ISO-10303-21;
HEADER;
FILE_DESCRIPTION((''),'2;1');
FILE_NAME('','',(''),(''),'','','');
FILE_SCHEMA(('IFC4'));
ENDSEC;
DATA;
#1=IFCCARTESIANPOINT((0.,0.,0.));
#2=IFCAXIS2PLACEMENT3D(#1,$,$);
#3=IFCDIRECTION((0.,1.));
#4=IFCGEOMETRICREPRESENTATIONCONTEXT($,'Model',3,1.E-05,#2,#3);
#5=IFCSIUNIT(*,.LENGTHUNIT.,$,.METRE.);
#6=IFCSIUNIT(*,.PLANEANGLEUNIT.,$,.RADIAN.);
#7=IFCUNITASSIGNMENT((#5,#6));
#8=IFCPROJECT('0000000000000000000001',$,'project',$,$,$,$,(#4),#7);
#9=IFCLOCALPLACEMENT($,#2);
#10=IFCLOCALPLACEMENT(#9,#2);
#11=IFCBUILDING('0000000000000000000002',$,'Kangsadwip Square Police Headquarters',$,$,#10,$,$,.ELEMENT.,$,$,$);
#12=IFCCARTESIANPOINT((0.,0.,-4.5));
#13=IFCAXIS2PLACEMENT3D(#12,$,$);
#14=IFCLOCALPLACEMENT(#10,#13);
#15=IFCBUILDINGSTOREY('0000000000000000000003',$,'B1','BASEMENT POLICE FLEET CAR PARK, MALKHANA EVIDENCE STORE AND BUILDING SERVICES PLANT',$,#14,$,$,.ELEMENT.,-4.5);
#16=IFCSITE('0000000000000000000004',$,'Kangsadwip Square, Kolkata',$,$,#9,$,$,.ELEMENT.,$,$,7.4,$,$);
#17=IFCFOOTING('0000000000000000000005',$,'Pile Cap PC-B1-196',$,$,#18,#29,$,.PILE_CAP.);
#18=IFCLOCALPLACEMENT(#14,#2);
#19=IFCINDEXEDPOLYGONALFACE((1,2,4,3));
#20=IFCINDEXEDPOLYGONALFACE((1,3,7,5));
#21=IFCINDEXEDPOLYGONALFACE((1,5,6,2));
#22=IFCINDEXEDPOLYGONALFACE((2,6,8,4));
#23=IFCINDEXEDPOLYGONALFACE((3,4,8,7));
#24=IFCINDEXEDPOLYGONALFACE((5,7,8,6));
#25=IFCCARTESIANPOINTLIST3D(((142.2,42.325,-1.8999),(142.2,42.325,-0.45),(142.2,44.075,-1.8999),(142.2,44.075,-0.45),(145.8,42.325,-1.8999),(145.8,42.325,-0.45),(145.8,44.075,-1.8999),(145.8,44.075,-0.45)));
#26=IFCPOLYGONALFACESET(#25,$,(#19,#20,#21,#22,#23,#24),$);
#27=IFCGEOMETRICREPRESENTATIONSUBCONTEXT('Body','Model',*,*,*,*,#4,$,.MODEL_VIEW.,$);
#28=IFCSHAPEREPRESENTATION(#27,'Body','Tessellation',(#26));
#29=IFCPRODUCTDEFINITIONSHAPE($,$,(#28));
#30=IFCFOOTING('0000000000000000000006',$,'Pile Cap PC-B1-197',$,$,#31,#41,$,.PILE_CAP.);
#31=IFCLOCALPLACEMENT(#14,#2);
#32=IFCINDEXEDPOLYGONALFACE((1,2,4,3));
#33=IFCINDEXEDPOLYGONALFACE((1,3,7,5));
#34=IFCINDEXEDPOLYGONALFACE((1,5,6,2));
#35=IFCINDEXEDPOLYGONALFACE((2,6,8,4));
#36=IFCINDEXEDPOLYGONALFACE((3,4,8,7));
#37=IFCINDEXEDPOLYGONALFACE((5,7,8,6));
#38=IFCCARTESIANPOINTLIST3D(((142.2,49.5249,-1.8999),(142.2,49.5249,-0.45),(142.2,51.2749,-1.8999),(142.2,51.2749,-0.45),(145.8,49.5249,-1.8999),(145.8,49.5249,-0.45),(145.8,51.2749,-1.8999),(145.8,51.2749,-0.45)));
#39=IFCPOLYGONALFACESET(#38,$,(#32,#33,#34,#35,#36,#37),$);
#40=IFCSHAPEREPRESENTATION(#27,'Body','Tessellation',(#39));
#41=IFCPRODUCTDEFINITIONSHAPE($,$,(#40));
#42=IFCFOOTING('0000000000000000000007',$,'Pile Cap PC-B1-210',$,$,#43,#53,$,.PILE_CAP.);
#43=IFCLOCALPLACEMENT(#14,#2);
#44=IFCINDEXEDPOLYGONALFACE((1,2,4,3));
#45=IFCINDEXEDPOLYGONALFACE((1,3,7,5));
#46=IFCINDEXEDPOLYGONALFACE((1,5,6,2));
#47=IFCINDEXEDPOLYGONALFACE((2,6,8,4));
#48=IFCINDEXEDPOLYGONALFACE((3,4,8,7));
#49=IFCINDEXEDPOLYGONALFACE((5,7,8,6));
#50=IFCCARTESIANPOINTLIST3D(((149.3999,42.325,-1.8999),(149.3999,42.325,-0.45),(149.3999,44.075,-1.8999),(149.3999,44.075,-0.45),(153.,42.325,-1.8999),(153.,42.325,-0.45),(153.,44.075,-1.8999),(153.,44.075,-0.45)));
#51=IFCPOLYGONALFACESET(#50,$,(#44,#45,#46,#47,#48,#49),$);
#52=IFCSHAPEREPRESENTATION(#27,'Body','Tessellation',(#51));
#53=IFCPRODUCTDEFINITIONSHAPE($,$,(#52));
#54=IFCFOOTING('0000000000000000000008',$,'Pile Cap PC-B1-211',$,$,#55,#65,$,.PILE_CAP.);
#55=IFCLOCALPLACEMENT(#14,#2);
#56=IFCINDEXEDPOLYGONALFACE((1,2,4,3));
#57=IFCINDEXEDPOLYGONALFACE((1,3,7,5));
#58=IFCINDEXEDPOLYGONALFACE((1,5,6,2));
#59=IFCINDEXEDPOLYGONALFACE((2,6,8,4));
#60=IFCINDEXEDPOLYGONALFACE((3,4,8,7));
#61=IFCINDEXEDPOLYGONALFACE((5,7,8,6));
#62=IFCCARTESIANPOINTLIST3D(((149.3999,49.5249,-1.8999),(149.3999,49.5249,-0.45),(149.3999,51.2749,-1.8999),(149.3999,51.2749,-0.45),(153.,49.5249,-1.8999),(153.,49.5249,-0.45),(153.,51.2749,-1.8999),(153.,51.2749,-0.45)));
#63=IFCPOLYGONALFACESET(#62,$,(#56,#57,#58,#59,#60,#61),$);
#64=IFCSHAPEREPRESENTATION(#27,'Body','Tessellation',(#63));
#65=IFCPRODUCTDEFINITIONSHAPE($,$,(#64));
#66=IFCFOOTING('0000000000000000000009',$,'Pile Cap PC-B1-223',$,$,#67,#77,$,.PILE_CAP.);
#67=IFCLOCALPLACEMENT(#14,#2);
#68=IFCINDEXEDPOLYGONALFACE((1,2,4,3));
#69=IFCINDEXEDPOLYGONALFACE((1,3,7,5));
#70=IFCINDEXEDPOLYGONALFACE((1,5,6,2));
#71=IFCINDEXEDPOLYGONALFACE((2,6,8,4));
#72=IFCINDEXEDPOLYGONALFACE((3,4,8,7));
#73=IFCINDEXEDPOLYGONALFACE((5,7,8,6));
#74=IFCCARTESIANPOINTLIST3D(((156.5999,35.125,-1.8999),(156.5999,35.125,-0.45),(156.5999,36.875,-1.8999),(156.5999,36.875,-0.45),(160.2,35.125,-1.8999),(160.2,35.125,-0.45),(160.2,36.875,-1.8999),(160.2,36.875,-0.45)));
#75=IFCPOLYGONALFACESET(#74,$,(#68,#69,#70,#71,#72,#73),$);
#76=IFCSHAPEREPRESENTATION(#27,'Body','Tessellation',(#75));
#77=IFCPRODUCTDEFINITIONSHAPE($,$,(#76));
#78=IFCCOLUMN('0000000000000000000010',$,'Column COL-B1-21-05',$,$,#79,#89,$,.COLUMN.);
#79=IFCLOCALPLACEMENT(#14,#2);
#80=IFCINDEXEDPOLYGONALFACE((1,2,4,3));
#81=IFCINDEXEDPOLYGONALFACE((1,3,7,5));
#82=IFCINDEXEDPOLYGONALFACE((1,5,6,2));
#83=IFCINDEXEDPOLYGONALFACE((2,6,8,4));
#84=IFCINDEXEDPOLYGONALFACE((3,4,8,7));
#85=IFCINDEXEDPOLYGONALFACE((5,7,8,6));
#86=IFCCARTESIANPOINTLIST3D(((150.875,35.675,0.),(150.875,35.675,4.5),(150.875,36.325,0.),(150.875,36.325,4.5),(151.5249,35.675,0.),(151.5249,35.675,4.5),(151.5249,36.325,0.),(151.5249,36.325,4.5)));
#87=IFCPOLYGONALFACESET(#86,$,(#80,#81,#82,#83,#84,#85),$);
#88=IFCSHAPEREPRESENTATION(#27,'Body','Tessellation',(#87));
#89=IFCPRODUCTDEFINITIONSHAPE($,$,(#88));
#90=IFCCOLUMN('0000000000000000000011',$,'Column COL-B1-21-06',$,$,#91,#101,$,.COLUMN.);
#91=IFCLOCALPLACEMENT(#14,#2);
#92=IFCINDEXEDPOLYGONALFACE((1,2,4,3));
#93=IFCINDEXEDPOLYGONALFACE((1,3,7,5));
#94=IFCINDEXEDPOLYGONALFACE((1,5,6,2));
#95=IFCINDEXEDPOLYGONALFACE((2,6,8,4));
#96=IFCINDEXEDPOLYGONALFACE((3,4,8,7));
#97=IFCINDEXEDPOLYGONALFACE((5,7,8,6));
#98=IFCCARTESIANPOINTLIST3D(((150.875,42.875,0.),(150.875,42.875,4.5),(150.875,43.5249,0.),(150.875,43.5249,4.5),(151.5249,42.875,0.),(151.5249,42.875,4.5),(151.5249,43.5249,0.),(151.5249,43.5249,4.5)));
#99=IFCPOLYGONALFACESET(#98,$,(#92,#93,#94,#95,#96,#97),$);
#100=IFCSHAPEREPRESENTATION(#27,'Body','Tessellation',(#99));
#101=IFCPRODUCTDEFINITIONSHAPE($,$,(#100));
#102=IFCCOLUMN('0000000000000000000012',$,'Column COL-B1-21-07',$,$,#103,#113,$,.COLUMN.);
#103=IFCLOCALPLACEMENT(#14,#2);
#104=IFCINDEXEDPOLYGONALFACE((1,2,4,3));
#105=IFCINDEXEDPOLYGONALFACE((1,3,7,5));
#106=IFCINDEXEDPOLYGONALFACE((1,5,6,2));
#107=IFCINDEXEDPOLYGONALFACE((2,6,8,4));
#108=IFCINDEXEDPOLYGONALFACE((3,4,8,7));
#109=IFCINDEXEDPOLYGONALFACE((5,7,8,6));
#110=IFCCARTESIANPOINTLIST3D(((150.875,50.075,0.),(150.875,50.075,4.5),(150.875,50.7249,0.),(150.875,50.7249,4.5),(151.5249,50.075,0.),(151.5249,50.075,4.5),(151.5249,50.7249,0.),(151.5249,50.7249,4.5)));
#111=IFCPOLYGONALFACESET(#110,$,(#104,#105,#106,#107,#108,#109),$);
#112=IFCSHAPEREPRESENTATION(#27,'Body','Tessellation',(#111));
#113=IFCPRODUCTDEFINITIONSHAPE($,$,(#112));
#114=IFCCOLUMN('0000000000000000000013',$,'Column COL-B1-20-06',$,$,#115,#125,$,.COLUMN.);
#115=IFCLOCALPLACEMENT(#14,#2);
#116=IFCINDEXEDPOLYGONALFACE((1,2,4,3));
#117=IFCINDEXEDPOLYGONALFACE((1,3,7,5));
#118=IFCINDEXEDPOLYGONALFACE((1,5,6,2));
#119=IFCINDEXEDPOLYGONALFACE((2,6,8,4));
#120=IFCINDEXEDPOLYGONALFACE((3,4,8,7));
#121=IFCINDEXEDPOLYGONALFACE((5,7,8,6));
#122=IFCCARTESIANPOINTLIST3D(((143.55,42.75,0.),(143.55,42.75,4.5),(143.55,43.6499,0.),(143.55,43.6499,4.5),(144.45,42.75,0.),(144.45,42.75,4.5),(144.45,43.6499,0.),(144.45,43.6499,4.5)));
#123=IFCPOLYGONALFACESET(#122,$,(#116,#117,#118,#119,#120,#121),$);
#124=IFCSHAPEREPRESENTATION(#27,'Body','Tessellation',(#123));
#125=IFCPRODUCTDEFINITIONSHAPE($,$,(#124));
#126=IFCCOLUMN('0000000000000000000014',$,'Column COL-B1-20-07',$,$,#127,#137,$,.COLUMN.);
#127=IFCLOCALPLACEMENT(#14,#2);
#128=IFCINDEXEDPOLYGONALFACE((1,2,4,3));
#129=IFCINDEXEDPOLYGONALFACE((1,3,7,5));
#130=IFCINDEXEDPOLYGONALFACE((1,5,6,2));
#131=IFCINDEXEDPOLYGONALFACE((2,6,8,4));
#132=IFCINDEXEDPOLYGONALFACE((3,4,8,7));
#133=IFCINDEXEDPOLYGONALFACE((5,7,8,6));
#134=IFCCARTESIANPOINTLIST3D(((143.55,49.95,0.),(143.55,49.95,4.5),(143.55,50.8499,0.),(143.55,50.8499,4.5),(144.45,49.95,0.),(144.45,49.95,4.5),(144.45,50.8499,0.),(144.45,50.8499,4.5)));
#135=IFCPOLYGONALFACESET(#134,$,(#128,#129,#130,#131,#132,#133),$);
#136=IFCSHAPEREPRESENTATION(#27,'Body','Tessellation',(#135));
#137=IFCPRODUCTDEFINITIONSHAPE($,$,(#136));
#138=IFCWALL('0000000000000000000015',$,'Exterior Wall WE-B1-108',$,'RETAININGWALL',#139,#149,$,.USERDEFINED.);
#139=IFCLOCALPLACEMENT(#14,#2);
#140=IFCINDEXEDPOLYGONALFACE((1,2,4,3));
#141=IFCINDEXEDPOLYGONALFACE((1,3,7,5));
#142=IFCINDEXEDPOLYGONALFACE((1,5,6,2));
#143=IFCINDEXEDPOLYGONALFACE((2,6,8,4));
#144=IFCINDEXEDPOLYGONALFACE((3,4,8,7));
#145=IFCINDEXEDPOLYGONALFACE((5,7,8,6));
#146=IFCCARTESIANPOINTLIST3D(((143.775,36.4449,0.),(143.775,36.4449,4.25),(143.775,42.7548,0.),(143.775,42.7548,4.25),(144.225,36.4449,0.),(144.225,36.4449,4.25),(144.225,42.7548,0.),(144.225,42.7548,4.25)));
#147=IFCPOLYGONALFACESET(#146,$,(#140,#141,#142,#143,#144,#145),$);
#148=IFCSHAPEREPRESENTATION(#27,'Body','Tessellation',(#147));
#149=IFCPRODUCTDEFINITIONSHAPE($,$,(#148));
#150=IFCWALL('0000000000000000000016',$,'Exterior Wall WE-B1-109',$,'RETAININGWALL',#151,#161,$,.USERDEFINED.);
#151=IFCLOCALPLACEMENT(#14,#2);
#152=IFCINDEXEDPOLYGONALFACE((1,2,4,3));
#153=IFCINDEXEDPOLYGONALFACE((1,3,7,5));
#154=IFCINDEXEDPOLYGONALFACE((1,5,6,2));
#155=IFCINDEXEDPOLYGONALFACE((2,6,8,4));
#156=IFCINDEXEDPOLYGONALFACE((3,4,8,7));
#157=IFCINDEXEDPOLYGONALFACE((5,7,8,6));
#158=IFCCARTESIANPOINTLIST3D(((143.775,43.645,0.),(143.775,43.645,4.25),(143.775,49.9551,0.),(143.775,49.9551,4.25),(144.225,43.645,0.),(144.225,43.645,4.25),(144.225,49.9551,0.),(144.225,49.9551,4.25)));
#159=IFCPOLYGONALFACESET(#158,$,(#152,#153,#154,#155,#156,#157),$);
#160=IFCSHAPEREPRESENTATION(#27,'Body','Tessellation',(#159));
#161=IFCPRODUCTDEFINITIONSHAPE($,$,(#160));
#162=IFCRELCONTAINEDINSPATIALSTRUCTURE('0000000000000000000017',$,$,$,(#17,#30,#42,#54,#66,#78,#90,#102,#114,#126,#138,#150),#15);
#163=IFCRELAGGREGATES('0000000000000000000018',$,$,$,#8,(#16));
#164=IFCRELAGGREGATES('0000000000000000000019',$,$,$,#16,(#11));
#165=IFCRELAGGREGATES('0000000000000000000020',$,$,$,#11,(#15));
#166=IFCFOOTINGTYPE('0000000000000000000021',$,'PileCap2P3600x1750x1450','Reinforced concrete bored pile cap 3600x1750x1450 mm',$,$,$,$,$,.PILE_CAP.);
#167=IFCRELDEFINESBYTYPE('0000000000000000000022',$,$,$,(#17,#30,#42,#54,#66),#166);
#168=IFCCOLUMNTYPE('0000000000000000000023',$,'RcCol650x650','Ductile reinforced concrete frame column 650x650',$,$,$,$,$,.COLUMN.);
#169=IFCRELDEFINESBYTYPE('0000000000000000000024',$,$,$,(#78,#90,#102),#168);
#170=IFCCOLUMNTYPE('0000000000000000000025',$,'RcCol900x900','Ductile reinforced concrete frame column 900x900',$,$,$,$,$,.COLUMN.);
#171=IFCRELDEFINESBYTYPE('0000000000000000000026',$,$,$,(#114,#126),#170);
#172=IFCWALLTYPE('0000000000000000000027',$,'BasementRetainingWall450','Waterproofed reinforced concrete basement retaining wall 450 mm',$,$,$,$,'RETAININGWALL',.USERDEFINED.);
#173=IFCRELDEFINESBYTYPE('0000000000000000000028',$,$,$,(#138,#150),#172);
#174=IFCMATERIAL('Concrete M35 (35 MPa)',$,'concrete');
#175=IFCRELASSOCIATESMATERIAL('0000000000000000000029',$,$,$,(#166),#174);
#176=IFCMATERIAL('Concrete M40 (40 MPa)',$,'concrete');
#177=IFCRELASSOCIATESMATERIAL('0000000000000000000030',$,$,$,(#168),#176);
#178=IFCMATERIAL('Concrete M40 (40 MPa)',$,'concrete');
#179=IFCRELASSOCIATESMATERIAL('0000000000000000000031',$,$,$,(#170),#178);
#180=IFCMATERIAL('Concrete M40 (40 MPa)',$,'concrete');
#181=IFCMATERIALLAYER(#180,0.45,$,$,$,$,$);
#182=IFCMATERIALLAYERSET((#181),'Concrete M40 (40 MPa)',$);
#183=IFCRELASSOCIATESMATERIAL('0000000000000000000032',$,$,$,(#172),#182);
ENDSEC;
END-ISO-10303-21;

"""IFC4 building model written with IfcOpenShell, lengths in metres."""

from ifc_helpers import new_model, si_unit, direction, frame, frame_2d, origin, origin_2d, place, context, subcontext, project, spatial, rectangle, extrude, material, layer, layer_set, material_profile, profile_set, type_object, element, save


model = new_model("IFC4")

# Units and contexts
model_context = context("Model", 3, precision=1e-05, world=origin(), true_north=direction((0.0, 1.0)))
body_context = subcontext(model_context, "Body", "Model", "MODEL_VIEW")
ifc_project = project(units=[si_unit("LENGTHUNIT", "METRE"), si_unit("PLANEANGLEUNIT", "RADIAN")], contexts=[model_context])

# Site, building, storey
site_placement = place(None, origin())
site = spatial("IfcSite", under=ifc_project, at=site_placement, Name="Kangsadwip Square, Kolkata", CompositionType="ELEMENT", RefElevation=7.4)
building_placement = place(site_placement, origin())
building = spatial("IfcBuilding", under=site, at=building_placement, Name="Kangsadwip Square Police Headquarters", CompositionType="ELEMENT")
storey_placement = place(building_placement, frame((0.0, 0.0, -4.5)))
storey = spatial("IfcBuildingStorey", under=building, at=storey_placement, Name="B1", Description="BASEMENT POLICE FLEET CAR PARK, MALKHANA EVIDENCE STORE AND BUILDING SERVICES PLANT", CompositionType="ELEMENT", Elevation=-4.5)

# Footings
ifc_material_1 = material(Name="Concrete M35 (35 MPa)", Category="concrete")
footing_type = type_object("IfcFootingType", Name="PileCap2P3600x1750x1450", Description="Reinforced concrete bored pile cap 3600x1750x1450 mm", PredefinedType="PILE_CAP", material=ifc_material_1)
for number, where, z_axis, x_axis, name in (
    (1, (144.0, 43.2, -1.8999), (0.0, 0.0, 1.0), (1.0, 0.0, 0.0), "Pile Cap PC-B1-196"),
    (2, (144.0, 50.3999, -1.8999), (0.0, 0.0, 1.0), (1.0, 0.0, 0.0), "Pile Cap PC-B1-197"),
    (3, (151.2, 43.2, -1.8999), (0.0, 0.0, 1.0), (1.0, 0.0, 0.0), "Pile Cap PC-B1-210"),
    (4, (151.2, 50.3999, -1.8999), (0.0, 0.0, 1.0), (1.0, 0.0, 0.0), "Pile Cap PC-B1-211"),
    (5, (158.3999, 36.0, -1.8999), (0.0, 0.0, 1.0), (1.0, 0.0, 0.0), "Pile Cap PC-B1-223"),
):
    element("IfcFooting", number, at=place(storey_placement, frame(where, z_axis=z_axis, x_axis=x_axis)), inside=storey, type_object=footing_type, Name=name, PredefinedType="PILE_CAP", context=body_context, shape_type="SweptSolid", body=[
        extrude(rectangle(XDim=3.6001, YDim=1.75, at=origin_2d()), origin(), (0.0, 0.0, 1.0), 1.45),
    ])

# Columns
ifc_material_2 = material(Name="Concrete M40 (40 MPa)", Category="concrete")
ifc_material_profile_1 = material_profile(ifc_material_2, rectangle(XDim=0.6499, YDim=0.6499, at=origin_2d()), Name="RC COL 650X650")
ifc_profile_set_1 = profile_set([ifc_material_profile_1], Name="Concrete M40 (40 MPa)")
column_type_1 = type_object("IfcColumnType", Name="RcCol650x650", Description="Ductile reinforced concrete frame column 650x650", PredefinedType="COLUMN", material=ifc_profile_set_1)
for number, where, z_axis, x_axis, name in (
    (6, (151.2, 36.0, 0.0), (0.0, 0.0, 1.0), (1.0, 0.0, 0.0), "Column COL-B1-21-05"),
    (7, (151.2, 43.2, 0.0), (0.0, 0.0, 1.0), (1.0, 0.0, 0.0), "Column COL-B1-21-06"),
    (8, (151.2, 50.3999, 0.0), (0.0, 0.0, 1.0), (1.0, 0.0, 0.0), "Column COL-B1-21-07"),
):
    element("IfcColumn", number, at=place(storey_placement, frame(where, z_axis=z_axis, x_axis=x_axis)), inside=storey, type_object=column_type_1, Name=name, PredefinedType="COLUMN", context=body_context, shape_type="SweptSolid", body=[
        extrude(rectangle(XDim=0.6499, YDim=0.6499, at=origin_2d()), origin(), (0.0, 0.0, 1.0), 4.5),
    ])
ifc_material_3 = material(Name="Concrete M40 (40 MPa)", Category="concrete")
ifc_material_profile_2 = material_profile(ifc_material_3, rectangle(XDim=0.8999, YDim=0.8999, at=origin_2d()), Name="RC COL 900X900")
ifc_profile_set_2 = profile_set([ifc_material_profile_2], Name="Concrete M40 (40 MPa)")
column_type_2 = type_object("IfcColumnType", Name="RcCol900x900", Description="Ductile reinforced concrete frame column 900x900", PredefinedType="COLUMN", material=ifc_profile_set_2)
for number, where, z_axis, x_axis, name in (
    (9, (144.0, 43.2, 0.0), (0.0, 0.0, 1.0), (1.0, 0.0, 0.0), "Column COL-B1-20-06"),
    (10, (144.0, 50.3999, 0.0), (0.0, 0.0, 1.0), (1.0, 0.0, 0.0), "Column COL-B1-20-07"),
):
    element("IfcColumn", number, at=place(storey_placement, frame(where, z_axis=z_axis, x_axis=x_axis)), inside=storey, type_object=column_type_2, Name=name, PredefinedType="COLUMN", context=body_context, shape_type="SweptSolid", body=[
        extrude(rectangle(XDim=0.8999, YDim=0.8999, at=origin_2d()), origin(), (0.0, 0.0, 1.0), 4.5),
    ])

# Walls
ifc_material_4 = material(Name="Concrete M40 (40 MPa)", Category="concrete")
ifc_layer = layer(ifc_material_4, 0.45)
ifc_layer_set = layer_set([ifc_layer], Name="Concrete M40 (40 MPa)")
wall_type = type_object("IfcWallType", Name="BasementRetainingWall450", Description="Waterproofed reinforced concrete basement retaining wall 450 mm", ElementType="RETAININGWALL", PredefinedType="USERDEFINED", material=ifc_layer_set)
wall_1_placement = place(storey_placement, frame((144.0, 36.4451, 0.0), z_axis=(0.0, 0.0, 1.0), x_axis=(0.0, 1.0, 0.0)))
element("IfcWall", 11, at=wall_1_placement, inside=storey, type_object=wall_type, Name="Exterior Wall WE-B1-108", ObjectType="RETAININGWALL", PredefinedType="USERDEFINED", context=body_context, shape_type="SweptSolid", body=[
    extrude(rectangle(XDim=6.3098, YDim=0.45, at=frame_2d((3.1548, 0.0))), origin(), (0.0, 0.0, 1.0), 4.25),
])
wall_2_placement = place(storey_placement, frame((144.0, 43.645, 0.0), z_axis=(0.0, 0.0, 1.0), x_axis=(0.0, 1.0, 0.0)))
element("IfcWall", 12, at=wall_2_placement, inside=storey, type_object=wall_type, Name="Exterior Wall WE-B1-109", ObjectType="RETAININGWALL", PredefinedType="USERDEFINED", context=body_context, shape_type="SweptSolid", body=[
    extrude(rectangle(XDim=6.3101, YDim=0.45, at=frame_2d((3.155, 0.0))), origin(), (0.0, 0.0, 1.0), 4.25),
])

save(model, "model.ifc")
